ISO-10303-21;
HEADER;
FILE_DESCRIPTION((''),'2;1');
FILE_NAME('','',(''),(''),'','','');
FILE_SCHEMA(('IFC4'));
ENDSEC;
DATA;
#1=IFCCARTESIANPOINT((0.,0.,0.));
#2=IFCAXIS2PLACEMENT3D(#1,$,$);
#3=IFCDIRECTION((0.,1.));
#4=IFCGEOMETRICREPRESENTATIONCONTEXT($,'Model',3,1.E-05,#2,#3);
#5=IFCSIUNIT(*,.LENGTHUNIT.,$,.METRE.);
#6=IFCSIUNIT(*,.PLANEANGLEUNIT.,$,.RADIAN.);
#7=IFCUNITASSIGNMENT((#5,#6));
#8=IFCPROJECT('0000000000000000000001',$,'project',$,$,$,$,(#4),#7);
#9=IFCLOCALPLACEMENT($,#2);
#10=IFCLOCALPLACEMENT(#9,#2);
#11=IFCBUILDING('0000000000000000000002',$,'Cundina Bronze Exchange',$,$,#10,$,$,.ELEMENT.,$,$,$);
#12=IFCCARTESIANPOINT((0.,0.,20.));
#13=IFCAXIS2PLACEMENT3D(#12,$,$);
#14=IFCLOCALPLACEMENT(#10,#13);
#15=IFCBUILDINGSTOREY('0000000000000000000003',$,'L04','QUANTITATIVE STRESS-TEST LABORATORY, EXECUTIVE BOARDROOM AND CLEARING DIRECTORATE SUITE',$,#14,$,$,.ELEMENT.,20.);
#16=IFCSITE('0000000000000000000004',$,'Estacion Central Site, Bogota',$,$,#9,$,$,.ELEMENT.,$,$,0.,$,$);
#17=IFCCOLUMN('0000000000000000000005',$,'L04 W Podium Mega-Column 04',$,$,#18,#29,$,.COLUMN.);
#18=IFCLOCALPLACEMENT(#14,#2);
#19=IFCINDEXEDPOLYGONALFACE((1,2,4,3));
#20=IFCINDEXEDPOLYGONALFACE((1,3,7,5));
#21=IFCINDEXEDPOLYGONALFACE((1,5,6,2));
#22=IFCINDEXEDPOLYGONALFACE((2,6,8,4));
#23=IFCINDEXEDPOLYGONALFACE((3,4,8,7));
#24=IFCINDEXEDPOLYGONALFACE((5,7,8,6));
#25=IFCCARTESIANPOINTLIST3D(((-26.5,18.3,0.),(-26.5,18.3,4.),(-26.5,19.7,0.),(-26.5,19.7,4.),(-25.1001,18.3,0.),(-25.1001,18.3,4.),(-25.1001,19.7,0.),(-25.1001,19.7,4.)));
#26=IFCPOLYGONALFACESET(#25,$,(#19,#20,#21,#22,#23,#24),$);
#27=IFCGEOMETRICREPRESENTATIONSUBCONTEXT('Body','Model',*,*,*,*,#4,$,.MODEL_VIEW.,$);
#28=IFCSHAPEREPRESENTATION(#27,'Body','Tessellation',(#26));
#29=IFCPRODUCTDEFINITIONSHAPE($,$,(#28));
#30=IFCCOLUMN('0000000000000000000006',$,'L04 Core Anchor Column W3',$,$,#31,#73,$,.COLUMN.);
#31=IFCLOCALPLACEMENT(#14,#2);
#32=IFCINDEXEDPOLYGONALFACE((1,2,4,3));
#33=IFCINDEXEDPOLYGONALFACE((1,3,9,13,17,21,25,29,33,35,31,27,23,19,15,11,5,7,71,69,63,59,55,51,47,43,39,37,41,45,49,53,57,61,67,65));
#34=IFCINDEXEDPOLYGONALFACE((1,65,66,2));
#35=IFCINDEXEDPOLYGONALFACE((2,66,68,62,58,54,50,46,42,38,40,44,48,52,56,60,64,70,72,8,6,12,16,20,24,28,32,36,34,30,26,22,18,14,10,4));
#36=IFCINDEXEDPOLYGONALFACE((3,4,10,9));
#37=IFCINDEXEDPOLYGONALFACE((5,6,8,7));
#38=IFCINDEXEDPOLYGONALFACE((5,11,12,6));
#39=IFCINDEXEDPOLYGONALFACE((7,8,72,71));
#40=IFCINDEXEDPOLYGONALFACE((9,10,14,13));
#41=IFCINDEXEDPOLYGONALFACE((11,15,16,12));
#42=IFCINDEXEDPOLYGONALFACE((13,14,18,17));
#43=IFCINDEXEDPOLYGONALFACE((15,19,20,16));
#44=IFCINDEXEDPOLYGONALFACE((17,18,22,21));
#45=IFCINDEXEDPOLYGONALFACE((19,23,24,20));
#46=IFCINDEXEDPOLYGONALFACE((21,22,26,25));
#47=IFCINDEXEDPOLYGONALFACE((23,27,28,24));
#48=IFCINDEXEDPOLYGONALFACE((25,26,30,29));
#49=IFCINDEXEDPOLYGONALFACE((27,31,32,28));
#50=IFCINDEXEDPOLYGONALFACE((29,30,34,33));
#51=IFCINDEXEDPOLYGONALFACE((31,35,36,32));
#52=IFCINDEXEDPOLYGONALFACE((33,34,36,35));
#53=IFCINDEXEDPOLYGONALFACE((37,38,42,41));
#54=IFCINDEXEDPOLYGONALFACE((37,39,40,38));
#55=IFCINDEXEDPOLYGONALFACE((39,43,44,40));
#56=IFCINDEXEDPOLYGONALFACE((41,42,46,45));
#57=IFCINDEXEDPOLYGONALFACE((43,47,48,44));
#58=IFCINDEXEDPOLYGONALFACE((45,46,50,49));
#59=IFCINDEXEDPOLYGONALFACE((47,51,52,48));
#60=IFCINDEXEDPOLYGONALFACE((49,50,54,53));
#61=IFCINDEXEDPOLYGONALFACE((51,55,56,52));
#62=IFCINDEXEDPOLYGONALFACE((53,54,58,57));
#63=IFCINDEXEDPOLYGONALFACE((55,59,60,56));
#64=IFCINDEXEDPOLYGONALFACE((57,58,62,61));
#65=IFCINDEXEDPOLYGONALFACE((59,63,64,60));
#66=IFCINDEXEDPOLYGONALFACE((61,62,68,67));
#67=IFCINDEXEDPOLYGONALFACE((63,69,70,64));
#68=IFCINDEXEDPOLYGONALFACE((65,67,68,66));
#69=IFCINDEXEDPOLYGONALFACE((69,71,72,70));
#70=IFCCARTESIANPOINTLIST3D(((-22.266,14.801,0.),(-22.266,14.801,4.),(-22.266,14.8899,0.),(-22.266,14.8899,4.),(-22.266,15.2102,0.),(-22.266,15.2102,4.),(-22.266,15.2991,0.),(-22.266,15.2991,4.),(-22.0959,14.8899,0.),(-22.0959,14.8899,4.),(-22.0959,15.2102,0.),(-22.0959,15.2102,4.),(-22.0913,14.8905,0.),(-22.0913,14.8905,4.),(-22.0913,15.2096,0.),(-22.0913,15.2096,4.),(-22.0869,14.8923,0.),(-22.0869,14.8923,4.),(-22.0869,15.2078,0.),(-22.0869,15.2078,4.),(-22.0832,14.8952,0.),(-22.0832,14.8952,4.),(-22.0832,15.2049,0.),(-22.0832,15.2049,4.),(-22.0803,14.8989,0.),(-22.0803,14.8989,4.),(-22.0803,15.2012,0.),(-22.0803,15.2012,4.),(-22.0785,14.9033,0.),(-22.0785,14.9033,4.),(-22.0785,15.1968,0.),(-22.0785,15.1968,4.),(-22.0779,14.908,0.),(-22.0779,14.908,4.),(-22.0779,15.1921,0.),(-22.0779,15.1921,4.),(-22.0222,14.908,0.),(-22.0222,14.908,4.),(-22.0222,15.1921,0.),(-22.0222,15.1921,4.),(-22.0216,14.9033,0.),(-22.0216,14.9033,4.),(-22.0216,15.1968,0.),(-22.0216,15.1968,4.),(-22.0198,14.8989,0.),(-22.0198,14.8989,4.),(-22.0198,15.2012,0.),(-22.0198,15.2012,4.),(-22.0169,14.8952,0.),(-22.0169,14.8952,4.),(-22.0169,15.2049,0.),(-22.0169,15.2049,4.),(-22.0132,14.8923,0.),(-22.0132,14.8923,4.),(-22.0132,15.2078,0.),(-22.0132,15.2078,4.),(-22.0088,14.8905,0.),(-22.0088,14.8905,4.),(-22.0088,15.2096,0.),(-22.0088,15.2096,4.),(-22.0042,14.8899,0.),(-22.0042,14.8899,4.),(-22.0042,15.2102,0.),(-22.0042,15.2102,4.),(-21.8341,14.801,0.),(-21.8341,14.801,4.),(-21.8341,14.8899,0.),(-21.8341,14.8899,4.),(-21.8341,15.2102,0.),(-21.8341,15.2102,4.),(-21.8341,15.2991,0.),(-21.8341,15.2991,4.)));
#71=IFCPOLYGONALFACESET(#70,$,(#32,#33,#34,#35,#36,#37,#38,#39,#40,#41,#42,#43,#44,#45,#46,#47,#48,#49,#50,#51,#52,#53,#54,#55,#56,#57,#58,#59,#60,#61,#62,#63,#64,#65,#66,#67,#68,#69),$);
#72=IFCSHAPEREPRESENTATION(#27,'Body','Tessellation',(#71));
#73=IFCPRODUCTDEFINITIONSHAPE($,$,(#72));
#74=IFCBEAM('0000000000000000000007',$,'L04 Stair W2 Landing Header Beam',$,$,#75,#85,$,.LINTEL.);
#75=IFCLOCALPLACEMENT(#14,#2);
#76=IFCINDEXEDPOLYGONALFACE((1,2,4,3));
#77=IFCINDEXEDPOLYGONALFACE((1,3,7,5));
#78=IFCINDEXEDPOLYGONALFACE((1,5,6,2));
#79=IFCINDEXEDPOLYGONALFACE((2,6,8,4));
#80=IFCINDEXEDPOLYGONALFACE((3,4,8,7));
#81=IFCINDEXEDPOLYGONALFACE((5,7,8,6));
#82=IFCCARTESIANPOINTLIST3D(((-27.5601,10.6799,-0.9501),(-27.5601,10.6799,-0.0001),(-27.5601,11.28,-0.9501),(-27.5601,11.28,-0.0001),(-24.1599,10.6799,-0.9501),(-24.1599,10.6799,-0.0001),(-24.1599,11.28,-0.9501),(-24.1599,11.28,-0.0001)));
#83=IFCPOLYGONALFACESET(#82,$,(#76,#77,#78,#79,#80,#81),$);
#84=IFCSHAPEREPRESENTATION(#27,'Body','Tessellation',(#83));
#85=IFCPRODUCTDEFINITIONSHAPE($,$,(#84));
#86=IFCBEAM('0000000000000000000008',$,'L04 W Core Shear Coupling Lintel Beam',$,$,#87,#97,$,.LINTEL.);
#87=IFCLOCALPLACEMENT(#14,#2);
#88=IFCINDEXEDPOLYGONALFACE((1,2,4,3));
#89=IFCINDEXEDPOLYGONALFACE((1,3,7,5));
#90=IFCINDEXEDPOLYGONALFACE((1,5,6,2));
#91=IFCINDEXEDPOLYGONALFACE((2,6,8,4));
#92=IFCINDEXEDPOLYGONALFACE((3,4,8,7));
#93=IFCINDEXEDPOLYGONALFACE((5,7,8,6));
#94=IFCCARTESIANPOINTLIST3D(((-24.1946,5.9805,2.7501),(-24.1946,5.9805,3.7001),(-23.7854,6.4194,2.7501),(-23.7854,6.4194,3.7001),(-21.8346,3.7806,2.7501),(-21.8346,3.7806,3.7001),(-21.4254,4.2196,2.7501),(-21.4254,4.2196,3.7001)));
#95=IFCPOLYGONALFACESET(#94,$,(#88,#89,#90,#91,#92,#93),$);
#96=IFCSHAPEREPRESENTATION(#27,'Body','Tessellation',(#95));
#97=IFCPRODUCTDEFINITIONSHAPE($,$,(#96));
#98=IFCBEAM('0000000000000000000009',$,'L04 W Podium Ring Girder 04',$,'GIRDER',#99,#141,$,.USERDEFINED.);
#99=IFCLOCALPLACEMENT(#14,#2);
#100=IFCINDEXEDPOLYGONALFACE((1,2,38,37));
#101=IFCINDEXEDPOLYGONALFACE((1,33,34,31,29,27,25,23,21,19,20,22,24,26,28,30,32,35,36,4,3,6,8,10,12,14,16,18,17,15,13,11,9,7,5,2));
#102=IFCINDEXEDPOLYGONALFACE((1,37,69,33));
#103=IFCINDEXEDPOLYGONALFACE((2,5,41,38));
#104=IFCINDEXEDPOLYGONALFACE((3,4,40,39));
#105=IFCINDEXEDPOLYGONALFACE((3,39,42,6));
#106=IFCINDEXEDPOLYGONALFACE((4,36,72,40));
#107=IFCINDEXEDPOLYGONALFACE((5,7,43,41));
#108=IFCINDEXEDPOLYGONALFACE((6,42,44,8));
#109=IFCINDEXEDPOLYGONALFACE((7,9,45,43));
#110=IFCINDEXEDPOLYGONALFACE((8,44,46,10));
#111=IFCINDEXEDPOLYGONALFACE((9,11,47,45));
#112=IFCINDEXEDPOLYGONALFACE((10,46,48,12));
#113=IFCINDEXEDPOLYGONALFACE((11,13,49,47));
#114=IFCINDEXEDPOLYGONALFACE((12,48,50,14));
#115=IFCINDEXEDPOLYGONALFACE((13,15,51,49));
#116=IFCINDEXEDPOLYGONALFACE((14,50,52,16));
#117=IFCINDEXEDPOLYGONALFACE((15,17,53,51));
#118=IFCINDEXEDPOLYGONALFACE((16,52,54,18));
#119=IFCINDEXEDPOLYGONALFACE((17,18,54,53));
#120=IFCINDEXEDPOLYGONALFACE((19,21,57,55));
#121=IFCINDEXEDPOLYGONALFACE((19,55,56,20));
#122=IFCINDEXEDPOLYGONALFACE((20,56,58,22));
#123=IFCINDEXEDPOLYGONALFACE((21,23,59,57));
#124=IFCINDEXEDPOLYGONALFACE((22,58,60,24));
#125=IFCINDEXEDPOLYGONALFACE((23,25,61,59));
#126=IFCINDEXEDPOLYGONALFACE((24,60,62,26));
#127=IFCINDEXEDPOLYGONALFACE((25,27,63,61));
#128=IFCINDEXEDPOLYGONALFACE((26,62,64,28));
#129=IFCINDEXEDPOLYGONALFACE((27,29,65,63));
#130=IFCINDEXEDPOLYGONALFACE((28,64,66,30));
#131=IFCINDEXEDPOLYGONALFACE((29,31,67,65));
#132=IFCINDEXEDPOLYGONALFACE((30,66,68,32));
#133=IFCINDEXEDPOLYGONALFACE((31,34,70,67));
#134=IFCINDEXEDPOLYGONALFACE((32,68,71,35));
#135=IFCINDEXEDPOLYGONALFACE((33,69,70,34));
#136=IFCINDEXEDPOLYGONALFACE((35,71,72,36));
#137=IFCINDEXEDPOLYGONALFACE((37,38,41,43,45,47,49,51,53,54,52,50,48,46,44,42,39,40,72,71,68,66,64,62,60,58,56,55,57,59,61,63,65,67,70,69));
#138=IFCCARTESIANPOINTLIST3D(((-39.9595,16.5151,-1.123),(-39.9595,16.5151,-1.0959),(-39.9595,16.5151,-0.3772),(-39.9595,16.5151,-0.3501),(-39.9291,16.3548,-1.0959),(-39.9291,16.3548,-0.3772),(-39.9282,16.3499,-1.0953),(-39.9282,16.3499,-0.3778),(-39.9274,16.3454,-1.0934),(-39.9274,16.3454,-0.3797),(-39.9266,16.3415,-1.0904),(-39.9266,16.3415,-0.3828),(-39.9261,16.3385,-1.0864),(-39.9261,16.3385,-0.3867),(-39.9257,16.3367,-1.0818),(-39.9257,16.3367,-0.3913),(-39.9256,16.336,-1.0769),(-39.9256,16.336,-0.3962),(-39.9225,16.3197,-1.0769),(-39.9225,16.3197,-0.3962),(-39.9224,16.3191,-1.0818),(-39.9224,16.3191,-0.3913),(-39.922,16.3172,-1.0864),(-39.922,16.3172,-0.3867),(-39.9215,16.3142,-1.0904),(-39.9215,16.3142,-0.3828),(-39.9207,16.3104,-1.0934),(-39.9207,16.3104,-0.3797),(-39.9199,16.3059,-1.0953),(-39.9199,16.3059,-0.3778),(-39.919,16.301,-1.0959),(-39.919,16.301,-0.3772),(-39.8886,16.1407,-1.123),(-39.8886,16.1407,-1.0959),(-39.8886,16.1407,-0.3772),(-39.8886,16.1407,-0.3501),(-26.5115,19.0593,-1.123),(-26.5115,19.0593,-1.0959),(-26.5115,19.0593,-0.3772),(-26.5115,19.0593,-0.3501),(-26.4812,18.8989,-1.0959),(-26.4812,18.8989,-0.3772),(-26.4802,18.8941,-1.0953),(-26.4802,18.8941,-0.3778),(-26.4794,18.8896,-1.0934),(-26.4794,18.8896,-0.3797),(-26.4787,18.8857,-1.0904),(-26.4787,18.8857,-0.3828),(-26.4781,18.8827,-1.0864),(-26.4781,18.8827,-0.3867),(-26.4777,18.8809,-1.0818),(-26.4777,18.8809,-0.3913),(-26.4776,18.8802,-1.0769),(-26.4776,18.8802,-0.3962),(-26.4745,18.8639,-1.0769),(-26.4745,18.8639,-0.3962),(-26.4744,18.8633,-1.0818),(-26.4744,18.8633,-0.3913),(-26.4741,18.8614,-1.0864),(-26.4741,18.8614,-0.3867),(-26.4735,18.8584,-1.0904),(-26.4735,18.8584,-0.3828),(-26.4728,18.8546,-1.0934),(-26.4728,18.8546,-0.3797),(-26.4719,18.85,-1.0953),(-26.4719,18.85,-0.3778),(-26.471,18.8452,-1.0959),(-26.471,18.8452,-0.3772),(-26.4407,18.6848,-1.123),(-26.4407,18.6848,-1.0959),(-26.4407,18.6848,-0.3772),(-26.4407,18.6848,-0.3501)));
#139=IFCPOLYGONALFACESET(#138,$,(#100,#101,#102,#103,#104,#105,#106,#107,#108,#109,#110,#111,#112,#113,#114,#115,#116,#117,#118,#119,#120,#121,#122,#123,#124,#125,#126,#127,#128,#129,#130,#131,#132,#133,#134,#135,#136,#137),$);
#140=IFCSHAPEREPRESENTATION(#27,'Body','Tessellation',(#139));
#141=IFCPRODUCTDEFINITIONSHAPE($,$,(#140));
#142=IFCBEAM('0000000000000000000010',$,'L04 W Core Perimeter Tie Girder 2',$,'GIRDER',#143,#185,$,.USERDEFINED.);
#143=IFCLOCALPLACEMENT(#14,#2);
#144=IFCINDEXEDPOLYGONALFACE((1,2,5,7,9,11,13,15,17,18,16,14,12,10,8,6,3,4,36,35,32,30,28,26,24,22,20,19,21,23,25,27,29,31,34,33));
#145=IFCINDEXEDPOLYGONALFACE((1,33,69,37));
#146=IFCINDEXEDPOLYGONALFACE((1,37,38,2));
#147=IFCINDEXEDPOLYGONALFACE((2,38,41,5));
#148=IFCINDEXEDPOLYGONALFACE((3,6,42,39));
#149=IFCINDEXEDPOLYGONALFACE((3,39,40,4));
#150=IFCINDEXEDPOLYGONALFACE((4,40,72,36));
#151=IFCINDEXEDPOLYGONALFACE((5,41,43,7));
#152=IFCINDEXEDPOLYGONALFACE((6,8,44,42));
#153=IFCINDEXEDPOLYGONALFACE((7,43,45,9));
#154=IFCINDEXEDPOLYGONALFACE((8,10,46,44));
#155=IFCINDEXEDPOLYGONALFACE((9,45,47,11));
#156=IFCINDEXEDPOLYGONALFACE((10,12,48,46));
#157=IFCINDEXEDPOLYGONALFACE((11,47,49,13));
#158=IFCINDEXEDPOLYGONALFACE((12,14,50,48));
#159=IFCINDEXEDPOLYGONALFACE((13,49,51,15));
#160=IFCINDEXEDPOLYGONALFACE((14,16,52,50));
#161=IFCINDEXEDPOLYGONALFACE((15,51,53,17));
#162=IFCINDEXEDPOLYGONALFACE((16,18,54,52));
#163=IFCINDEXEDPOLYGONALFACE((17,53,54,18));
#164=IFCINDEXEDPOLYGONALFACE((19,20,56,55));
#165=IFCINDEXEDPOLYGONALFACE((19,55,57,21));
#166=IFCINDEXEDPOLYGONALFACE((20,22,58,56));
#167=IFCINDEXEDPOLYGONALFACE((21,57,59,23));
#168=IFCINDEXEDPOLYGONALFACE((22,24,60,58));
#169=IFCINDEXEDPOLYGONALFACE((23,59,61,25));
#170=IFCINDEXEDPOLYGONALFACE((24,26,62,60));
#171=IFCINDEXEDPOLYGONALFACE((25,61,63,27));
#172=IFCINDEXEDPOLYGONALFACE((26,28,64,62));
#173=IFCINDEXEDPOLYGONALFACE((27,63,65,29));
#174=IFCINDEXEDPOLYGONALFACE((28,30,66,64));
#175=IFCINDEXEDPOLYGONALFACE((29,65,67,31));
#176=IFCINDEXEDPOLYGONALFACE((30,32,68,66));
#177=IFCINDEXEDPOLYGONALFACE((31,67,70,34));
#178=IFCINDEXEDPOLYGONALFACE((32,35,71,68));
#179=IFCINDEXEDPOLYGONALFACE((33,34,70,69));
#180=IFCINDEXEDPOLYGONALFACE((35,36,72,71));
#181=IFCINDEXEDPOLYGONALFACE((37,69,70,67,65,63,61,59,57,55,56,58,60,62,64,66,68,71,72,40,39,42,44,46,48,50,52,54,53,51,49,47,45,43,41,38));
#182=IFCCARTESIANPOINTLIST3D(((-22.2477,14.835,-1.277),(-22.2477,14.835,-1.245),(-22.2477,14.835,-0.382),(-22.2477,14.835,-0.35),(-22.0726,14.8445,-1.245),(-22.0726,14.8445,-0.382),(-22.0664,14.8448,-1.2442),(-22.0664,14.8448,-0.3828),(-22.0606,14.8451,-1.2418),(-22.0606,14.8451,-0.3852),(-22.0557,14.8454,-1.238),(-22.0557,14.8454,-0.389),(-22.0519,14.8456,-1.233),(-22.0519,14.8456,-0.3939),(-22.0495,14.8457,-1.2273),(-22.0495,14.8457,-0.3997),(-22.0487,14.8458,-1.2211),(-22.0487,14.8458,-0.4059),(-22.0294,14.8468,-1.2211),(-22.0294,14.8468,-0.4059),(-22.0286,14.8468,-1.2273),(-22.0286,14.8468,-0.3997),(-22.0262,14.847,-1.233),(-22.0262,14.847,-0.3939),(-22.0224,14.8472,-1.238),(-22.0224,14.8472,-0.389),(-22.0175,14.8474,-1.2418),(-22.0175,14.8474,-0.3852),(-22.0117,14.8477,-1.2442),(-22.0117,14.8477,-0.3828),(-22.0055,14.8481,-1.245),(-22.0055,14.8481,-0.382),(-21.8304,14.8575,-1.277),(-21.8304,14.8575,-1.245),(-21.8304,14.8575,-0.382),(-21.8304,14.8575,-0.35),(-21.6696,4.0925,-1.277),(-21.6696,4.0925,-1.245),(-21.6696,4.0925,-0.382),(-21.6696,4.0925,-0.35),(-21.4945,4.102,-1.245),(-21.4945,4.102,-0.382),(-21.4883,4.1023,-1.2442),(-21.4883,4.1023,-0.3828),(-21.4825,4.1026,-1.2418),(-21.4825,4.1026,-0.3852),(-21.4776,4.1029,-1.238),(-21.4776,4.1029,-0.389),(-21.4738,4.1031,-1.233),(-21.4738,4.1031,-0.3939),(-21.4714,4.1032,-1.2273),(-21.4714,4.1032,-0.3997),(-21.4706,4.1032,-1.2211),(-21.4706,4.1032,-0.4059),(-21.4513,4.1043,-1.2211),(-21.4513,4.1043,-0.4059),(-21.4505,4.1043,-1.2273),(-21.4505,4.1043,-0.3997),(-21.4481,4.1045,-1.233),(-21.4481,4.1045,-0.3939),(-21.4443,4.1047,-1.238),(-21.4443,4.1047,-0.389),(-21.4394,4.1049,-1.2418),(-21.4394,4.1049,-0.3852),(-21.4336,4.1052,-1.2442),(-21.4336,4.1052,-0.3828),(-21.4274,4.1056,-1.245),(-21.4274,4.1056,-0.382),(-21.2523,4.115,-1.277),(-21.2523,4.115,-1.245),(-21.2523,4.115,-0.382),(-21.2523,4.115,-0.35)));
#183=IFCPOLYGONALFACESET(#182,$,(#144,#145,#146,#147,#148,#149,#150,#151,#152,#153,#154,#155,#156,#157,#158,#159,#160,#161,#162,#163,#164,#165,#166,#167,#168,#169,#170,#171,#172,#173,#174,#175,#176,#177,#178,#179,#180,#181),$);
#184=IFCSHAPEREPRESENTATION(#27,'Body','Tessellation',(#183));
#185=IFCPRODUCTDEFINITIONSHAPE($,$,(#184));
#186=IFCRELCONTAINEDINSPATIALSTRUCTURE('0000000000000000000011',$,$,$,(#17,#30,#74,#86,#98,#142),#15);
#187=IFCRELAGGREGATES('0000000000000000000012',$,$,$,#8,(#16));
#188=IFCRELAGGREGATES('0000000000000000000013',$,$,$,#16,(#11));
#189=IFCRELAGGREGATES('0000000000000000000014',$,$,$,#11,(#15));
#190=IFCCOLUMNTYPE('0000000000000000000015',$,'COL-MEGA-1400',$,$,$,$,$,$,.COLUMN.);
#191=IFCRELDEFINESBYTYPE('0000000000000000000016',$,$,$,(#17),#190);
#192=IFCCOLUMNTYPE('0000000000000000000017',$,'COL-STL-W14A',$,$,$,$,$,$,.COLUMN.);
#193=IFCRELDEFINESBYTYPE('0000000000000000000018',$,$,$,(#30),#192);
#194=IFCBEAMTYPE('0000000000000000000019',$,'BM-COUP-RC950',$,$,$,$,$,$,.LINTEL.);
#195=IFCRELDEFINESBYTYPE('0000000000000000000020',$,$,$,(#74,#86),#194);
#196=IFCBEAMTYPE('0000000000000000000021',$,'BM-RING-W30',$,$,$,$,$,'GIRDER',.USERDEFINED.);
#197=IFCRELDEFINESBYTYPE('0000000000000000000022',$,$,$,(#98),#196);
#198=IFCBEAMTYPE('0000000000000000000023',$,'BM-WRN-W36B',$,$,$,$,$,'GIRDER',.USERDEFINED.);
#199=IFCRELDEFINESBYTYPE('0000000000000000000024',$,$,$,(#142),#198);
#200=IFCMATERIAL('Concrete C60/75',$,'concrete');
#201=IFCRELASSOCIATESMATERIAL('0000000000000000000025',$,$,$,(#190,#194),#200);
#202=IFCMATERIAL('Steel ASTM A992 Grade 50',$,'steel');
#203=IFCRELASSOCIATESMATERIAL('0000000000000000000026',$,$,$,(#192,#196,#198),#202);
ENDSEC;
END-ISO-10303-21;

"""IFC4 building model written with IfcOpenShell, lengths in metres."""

from ifc_helpers import new_model, si_unit, direction, frame, origin, origin_2d, place, context, subcontext, project, spatial, rectangle, i_section, extrude, material, material_profile, profile_set, type_object, element, save


model = new_model("IFC4")

# Units and contexts
model_context = context("Model", 3, precision=1e-05, world=origin(), true_north=direction((0.0, 1.0)))
body_context = subcontext(model_context, "Body", "Model", "MODEL_VIEW")
ifc_project = project(units=[si_unit("LENGTHUNIT", "METRE"), si_unit("PLANEANGLEUNIT", "RADIAN")], contexts=[model_context])

# Site, building, storey
site_placement = place(None, origin())
site = spatial("IfcSite", under=ifc_project, at=site_placement, Name="Estacion Central Site, Bogota", CompositionType="ELEMENT", RefElevation=0.0)
building_placement = place(site_placement, origin())
building = spatial("IfcBuilding", under=site, at=building_placement, Name="Cundina Bronze Exchange", CompositionType="ELEMENT")
storey_placement = place(building_placement, frame((0.0, 0.0, 20.0)))
storey = spatial("IfcBuildingStorey", under=building, at=storey_placement, Name="L04", Description="QUANTITATIVE STRESS-TEST LABORATORY, EXECUTIVE BOARDROOM AND CLEARING DIRECTORATE SUITE", CompositionType="ELEMENT", Elevation=20.0)

# Columns
ifc_material_1 = material(Name="Concrete C60/75", Category="concrete")
ifc_material_profile_1 = material_profile(ifc_material_1, rectangle(XDim=1.3999, YDim=1.3999, at=origin_2d()), Name="RC1400X1400", Category="concrete")
ifc_profile_set_1 = profile_set([ifc_material_profile_1], Name="Concrete C60/75")
column_type_1 = type_object("IfcColumnType", Name="COL-MEGA-1400", PredefinedType="COLUMN", material=ifc_profile_set_1)
column_1_placement = place(storey_placement, frame((-25.8, 19.0, 0.0), z_axis=(0.0, 0.0, 1.0), x_axis=(1.0, 0.0, 0.0)))
element("IfcColumn", 1, at=column_1_placement, inside=storey, type_object=column_type_1, Name="L04 W Podium Mega-Column 04", PredefinedType="COLUMN", context=body_context, shape_type="SweptSolid", body=[
    extrude(rectangle(XDim=1.3999, YDim=1.3999, at=origin_2d()), origin(), (0.0, 0.0, 1.0), 4.0),
])
ifc_material_2 = material(Name="Steel ASTM A992 Grade 50", Category="steel")
ifc_material_profile_2 = material_profile(ifc_material_2, i_section(OverallWidth=0.4319, OverallDepth=0.498, WebThickness=0.0557, FlangeThickness=0.0889, FilletRadius=0.0181, at=origin_2d()), Name="W14X500", Category="steel")
ifc_profile_set_2 = profile_set([ifc_material_profile_2], Name="Steel ASTM A992 Grade 50")
column_type_2 = type_object("IfcColumnType", Name="COL-STL-W14A", PredefinedType="COLUMN", material=ifc_profile_set_2)
column_2_placement = place(storey_placement, frame((-22.05, 15.05, 0.0), z_axis=(0.0, 0.0, 1.0), x_axis=(1.0, 0.0, 0.0)))
element("IfcColumn", 2, at=column_2_placement, inside=storey, type_object=column_type_2, Name="L04 Core Anchor Column W3", PredefinedType="COLUMN", context=body_context, shape_type="SweptSolid", body=[
    extrude(i_section(OverallWidth=0.4319, OverallDepth=0.498, WebThickness=0.0557, FlangeThickness=0.0889, FilletRadius=0.0181, at=origin_2d()), origin(), (0.0, 0.0, 1.0), 4.0),
])

# Beams
ifc_material_profile_3 = material_profile(ifc_material_1, rectangle(XDim=0.6001, YDim=0.95, at=origin_2d()), Name="RC600X950", Category="concrete")
ifc_profile_set_3 = profile_set([ifc_material_profile_3], Name="Concrete C60/75")
beam_type_1 = type_object("IfcBeamType", Name="BM-COUP-RC950", PredefinedType="LINTEL", material=ifc_profile_set_3)
beam_1_placement = place(storey_placement, frame((-27.5601, 10.98, -0.4751), z_axis=(1.0, 0.0, 0.0), x_axis=(0.0, 1.0, 0.0)))
element("IfcBeam", 3, at=beam_1_placement, inside=storey, type_object=beam_type_1, Name="L04 Stair W2 Landing Header Beam", PredefinedType="LINTEL", context=body_context, shape_type="SweptSolid", body=[
    extrude(rectangle(XDim=0.6001, YDim=0.95, at=origin_2d()), origin(), (0.0, 0.0, 1.0), 3.4001),
])
beam_2_placement = place(storey_placement, frame((-23.99, 6.2, 3.2251), z_axis=(0.73149, -0.681852, 0.0), x_axis=(0.681852, 0.73149, 0.0)))
element("IfcBeam", 4, at=beam_2_placement, inside=storey, type_object=beam_type_1, Name="L04 W Core Shear Coupling Lintel Beam", PredefinedType="LINTEL", context=body_context, shape_type="SweptSolid", body=[
    extrude(rectangle(XDim=0.6001, YDim=0.95, at=origin_2d()), origin(), (0.0, 0.0, 1.0), 3.2263),
])
ifc_material_profile_4 = material_profile(ifc_material_2, i_section(OverallWidth=0.3811, OverallDepth=0.7729, WebThickness=0.0166, FlangeThickness=0.0271, FilletRadius=0.019, at=origin_2d()), Name="W30X173", Category="steel")
ifc_profile_set_4 = profile_set([ifc_material_profile_4], Name="Steel ASTM A992 Grade 50")
beam_type_2 = type_object("IfcBeamType", Name="BM-RING-W30", ElementType="GIRDER", PredefinedType="USERDEFINED", material=ifc_profile_set_4)
beam_3_placement = place(storey_placement, frame((-26.4761, 18.8721, -0.7366), z_axis=(-0.982571, -0.18589, 0.0), x_axis=(0.18589, -0.982571, 0.0)))
element("IfcBeam", 5, at=beam_3_placement, inside=storey, type_object=beam_type_2, Name="L04 W Podium Ring Girder 04", ObjectType="GIRDER", PredefinedType="USERDEFINED", context=body_context, shape_type="SweptSolid", body=[
    extrude(i_section(OverallWidth=0.3811, OverallDepth=0.7729, WebThickness=0.0166, FlangeThickness=0.0271, FilletRadius=0.019, at=origin_2d()), origin(), (0.0, 0.0, 1.0), 13.6865),
])
ifc_material_profile_5 = material_profile(ifc_material_2, i_section(OverallWidth=0.418, OverallDepth=0.927, WebThickness=0.0193, FlangeThickness=0.032, FilletRadius=0.0239, at=origin_2d()), Name="W36X231", Category="steel")
ifc_profile_set_5 = profile_set([ifc_material_profile_5], Name="Steel ASTM A992 Grade 50")
beam_type_3 = type_object("IfcBeamType", Name="BM-WRN-W36B", ElementType="GIRDER", PredefinedType="USERDEFINED", material=ifc_profile_set_5)
beam_4_placement = place(storey_placement, frame((-21.4609, 4.1038, -0.8135), z_axis=(-0.053739, 0.998555, 0.0), x_axis=(-0.998555, -0.053739, 0.0)))
element("IfcBeam", 6, at=beam_4_placement, inside=storey, type_object=beam_type_3, Name="L04 W Core Perimeter Tie Girder 2", ObjectType="GIRDER", PredefinedType="USERDEFINED", context=body_context, shape_type="SweptSolid", body=[
    extrude(i_section(OverallWidth=0.418, OverallDepth=0.927, WebThickness=0.0193, FlangeThickness=0.032, FilletRadius=0.0239, at=origin_2d()), origin(), (0.0, 0.0, 1.0), 10.7581),
])

save(model, "model.ifc")
